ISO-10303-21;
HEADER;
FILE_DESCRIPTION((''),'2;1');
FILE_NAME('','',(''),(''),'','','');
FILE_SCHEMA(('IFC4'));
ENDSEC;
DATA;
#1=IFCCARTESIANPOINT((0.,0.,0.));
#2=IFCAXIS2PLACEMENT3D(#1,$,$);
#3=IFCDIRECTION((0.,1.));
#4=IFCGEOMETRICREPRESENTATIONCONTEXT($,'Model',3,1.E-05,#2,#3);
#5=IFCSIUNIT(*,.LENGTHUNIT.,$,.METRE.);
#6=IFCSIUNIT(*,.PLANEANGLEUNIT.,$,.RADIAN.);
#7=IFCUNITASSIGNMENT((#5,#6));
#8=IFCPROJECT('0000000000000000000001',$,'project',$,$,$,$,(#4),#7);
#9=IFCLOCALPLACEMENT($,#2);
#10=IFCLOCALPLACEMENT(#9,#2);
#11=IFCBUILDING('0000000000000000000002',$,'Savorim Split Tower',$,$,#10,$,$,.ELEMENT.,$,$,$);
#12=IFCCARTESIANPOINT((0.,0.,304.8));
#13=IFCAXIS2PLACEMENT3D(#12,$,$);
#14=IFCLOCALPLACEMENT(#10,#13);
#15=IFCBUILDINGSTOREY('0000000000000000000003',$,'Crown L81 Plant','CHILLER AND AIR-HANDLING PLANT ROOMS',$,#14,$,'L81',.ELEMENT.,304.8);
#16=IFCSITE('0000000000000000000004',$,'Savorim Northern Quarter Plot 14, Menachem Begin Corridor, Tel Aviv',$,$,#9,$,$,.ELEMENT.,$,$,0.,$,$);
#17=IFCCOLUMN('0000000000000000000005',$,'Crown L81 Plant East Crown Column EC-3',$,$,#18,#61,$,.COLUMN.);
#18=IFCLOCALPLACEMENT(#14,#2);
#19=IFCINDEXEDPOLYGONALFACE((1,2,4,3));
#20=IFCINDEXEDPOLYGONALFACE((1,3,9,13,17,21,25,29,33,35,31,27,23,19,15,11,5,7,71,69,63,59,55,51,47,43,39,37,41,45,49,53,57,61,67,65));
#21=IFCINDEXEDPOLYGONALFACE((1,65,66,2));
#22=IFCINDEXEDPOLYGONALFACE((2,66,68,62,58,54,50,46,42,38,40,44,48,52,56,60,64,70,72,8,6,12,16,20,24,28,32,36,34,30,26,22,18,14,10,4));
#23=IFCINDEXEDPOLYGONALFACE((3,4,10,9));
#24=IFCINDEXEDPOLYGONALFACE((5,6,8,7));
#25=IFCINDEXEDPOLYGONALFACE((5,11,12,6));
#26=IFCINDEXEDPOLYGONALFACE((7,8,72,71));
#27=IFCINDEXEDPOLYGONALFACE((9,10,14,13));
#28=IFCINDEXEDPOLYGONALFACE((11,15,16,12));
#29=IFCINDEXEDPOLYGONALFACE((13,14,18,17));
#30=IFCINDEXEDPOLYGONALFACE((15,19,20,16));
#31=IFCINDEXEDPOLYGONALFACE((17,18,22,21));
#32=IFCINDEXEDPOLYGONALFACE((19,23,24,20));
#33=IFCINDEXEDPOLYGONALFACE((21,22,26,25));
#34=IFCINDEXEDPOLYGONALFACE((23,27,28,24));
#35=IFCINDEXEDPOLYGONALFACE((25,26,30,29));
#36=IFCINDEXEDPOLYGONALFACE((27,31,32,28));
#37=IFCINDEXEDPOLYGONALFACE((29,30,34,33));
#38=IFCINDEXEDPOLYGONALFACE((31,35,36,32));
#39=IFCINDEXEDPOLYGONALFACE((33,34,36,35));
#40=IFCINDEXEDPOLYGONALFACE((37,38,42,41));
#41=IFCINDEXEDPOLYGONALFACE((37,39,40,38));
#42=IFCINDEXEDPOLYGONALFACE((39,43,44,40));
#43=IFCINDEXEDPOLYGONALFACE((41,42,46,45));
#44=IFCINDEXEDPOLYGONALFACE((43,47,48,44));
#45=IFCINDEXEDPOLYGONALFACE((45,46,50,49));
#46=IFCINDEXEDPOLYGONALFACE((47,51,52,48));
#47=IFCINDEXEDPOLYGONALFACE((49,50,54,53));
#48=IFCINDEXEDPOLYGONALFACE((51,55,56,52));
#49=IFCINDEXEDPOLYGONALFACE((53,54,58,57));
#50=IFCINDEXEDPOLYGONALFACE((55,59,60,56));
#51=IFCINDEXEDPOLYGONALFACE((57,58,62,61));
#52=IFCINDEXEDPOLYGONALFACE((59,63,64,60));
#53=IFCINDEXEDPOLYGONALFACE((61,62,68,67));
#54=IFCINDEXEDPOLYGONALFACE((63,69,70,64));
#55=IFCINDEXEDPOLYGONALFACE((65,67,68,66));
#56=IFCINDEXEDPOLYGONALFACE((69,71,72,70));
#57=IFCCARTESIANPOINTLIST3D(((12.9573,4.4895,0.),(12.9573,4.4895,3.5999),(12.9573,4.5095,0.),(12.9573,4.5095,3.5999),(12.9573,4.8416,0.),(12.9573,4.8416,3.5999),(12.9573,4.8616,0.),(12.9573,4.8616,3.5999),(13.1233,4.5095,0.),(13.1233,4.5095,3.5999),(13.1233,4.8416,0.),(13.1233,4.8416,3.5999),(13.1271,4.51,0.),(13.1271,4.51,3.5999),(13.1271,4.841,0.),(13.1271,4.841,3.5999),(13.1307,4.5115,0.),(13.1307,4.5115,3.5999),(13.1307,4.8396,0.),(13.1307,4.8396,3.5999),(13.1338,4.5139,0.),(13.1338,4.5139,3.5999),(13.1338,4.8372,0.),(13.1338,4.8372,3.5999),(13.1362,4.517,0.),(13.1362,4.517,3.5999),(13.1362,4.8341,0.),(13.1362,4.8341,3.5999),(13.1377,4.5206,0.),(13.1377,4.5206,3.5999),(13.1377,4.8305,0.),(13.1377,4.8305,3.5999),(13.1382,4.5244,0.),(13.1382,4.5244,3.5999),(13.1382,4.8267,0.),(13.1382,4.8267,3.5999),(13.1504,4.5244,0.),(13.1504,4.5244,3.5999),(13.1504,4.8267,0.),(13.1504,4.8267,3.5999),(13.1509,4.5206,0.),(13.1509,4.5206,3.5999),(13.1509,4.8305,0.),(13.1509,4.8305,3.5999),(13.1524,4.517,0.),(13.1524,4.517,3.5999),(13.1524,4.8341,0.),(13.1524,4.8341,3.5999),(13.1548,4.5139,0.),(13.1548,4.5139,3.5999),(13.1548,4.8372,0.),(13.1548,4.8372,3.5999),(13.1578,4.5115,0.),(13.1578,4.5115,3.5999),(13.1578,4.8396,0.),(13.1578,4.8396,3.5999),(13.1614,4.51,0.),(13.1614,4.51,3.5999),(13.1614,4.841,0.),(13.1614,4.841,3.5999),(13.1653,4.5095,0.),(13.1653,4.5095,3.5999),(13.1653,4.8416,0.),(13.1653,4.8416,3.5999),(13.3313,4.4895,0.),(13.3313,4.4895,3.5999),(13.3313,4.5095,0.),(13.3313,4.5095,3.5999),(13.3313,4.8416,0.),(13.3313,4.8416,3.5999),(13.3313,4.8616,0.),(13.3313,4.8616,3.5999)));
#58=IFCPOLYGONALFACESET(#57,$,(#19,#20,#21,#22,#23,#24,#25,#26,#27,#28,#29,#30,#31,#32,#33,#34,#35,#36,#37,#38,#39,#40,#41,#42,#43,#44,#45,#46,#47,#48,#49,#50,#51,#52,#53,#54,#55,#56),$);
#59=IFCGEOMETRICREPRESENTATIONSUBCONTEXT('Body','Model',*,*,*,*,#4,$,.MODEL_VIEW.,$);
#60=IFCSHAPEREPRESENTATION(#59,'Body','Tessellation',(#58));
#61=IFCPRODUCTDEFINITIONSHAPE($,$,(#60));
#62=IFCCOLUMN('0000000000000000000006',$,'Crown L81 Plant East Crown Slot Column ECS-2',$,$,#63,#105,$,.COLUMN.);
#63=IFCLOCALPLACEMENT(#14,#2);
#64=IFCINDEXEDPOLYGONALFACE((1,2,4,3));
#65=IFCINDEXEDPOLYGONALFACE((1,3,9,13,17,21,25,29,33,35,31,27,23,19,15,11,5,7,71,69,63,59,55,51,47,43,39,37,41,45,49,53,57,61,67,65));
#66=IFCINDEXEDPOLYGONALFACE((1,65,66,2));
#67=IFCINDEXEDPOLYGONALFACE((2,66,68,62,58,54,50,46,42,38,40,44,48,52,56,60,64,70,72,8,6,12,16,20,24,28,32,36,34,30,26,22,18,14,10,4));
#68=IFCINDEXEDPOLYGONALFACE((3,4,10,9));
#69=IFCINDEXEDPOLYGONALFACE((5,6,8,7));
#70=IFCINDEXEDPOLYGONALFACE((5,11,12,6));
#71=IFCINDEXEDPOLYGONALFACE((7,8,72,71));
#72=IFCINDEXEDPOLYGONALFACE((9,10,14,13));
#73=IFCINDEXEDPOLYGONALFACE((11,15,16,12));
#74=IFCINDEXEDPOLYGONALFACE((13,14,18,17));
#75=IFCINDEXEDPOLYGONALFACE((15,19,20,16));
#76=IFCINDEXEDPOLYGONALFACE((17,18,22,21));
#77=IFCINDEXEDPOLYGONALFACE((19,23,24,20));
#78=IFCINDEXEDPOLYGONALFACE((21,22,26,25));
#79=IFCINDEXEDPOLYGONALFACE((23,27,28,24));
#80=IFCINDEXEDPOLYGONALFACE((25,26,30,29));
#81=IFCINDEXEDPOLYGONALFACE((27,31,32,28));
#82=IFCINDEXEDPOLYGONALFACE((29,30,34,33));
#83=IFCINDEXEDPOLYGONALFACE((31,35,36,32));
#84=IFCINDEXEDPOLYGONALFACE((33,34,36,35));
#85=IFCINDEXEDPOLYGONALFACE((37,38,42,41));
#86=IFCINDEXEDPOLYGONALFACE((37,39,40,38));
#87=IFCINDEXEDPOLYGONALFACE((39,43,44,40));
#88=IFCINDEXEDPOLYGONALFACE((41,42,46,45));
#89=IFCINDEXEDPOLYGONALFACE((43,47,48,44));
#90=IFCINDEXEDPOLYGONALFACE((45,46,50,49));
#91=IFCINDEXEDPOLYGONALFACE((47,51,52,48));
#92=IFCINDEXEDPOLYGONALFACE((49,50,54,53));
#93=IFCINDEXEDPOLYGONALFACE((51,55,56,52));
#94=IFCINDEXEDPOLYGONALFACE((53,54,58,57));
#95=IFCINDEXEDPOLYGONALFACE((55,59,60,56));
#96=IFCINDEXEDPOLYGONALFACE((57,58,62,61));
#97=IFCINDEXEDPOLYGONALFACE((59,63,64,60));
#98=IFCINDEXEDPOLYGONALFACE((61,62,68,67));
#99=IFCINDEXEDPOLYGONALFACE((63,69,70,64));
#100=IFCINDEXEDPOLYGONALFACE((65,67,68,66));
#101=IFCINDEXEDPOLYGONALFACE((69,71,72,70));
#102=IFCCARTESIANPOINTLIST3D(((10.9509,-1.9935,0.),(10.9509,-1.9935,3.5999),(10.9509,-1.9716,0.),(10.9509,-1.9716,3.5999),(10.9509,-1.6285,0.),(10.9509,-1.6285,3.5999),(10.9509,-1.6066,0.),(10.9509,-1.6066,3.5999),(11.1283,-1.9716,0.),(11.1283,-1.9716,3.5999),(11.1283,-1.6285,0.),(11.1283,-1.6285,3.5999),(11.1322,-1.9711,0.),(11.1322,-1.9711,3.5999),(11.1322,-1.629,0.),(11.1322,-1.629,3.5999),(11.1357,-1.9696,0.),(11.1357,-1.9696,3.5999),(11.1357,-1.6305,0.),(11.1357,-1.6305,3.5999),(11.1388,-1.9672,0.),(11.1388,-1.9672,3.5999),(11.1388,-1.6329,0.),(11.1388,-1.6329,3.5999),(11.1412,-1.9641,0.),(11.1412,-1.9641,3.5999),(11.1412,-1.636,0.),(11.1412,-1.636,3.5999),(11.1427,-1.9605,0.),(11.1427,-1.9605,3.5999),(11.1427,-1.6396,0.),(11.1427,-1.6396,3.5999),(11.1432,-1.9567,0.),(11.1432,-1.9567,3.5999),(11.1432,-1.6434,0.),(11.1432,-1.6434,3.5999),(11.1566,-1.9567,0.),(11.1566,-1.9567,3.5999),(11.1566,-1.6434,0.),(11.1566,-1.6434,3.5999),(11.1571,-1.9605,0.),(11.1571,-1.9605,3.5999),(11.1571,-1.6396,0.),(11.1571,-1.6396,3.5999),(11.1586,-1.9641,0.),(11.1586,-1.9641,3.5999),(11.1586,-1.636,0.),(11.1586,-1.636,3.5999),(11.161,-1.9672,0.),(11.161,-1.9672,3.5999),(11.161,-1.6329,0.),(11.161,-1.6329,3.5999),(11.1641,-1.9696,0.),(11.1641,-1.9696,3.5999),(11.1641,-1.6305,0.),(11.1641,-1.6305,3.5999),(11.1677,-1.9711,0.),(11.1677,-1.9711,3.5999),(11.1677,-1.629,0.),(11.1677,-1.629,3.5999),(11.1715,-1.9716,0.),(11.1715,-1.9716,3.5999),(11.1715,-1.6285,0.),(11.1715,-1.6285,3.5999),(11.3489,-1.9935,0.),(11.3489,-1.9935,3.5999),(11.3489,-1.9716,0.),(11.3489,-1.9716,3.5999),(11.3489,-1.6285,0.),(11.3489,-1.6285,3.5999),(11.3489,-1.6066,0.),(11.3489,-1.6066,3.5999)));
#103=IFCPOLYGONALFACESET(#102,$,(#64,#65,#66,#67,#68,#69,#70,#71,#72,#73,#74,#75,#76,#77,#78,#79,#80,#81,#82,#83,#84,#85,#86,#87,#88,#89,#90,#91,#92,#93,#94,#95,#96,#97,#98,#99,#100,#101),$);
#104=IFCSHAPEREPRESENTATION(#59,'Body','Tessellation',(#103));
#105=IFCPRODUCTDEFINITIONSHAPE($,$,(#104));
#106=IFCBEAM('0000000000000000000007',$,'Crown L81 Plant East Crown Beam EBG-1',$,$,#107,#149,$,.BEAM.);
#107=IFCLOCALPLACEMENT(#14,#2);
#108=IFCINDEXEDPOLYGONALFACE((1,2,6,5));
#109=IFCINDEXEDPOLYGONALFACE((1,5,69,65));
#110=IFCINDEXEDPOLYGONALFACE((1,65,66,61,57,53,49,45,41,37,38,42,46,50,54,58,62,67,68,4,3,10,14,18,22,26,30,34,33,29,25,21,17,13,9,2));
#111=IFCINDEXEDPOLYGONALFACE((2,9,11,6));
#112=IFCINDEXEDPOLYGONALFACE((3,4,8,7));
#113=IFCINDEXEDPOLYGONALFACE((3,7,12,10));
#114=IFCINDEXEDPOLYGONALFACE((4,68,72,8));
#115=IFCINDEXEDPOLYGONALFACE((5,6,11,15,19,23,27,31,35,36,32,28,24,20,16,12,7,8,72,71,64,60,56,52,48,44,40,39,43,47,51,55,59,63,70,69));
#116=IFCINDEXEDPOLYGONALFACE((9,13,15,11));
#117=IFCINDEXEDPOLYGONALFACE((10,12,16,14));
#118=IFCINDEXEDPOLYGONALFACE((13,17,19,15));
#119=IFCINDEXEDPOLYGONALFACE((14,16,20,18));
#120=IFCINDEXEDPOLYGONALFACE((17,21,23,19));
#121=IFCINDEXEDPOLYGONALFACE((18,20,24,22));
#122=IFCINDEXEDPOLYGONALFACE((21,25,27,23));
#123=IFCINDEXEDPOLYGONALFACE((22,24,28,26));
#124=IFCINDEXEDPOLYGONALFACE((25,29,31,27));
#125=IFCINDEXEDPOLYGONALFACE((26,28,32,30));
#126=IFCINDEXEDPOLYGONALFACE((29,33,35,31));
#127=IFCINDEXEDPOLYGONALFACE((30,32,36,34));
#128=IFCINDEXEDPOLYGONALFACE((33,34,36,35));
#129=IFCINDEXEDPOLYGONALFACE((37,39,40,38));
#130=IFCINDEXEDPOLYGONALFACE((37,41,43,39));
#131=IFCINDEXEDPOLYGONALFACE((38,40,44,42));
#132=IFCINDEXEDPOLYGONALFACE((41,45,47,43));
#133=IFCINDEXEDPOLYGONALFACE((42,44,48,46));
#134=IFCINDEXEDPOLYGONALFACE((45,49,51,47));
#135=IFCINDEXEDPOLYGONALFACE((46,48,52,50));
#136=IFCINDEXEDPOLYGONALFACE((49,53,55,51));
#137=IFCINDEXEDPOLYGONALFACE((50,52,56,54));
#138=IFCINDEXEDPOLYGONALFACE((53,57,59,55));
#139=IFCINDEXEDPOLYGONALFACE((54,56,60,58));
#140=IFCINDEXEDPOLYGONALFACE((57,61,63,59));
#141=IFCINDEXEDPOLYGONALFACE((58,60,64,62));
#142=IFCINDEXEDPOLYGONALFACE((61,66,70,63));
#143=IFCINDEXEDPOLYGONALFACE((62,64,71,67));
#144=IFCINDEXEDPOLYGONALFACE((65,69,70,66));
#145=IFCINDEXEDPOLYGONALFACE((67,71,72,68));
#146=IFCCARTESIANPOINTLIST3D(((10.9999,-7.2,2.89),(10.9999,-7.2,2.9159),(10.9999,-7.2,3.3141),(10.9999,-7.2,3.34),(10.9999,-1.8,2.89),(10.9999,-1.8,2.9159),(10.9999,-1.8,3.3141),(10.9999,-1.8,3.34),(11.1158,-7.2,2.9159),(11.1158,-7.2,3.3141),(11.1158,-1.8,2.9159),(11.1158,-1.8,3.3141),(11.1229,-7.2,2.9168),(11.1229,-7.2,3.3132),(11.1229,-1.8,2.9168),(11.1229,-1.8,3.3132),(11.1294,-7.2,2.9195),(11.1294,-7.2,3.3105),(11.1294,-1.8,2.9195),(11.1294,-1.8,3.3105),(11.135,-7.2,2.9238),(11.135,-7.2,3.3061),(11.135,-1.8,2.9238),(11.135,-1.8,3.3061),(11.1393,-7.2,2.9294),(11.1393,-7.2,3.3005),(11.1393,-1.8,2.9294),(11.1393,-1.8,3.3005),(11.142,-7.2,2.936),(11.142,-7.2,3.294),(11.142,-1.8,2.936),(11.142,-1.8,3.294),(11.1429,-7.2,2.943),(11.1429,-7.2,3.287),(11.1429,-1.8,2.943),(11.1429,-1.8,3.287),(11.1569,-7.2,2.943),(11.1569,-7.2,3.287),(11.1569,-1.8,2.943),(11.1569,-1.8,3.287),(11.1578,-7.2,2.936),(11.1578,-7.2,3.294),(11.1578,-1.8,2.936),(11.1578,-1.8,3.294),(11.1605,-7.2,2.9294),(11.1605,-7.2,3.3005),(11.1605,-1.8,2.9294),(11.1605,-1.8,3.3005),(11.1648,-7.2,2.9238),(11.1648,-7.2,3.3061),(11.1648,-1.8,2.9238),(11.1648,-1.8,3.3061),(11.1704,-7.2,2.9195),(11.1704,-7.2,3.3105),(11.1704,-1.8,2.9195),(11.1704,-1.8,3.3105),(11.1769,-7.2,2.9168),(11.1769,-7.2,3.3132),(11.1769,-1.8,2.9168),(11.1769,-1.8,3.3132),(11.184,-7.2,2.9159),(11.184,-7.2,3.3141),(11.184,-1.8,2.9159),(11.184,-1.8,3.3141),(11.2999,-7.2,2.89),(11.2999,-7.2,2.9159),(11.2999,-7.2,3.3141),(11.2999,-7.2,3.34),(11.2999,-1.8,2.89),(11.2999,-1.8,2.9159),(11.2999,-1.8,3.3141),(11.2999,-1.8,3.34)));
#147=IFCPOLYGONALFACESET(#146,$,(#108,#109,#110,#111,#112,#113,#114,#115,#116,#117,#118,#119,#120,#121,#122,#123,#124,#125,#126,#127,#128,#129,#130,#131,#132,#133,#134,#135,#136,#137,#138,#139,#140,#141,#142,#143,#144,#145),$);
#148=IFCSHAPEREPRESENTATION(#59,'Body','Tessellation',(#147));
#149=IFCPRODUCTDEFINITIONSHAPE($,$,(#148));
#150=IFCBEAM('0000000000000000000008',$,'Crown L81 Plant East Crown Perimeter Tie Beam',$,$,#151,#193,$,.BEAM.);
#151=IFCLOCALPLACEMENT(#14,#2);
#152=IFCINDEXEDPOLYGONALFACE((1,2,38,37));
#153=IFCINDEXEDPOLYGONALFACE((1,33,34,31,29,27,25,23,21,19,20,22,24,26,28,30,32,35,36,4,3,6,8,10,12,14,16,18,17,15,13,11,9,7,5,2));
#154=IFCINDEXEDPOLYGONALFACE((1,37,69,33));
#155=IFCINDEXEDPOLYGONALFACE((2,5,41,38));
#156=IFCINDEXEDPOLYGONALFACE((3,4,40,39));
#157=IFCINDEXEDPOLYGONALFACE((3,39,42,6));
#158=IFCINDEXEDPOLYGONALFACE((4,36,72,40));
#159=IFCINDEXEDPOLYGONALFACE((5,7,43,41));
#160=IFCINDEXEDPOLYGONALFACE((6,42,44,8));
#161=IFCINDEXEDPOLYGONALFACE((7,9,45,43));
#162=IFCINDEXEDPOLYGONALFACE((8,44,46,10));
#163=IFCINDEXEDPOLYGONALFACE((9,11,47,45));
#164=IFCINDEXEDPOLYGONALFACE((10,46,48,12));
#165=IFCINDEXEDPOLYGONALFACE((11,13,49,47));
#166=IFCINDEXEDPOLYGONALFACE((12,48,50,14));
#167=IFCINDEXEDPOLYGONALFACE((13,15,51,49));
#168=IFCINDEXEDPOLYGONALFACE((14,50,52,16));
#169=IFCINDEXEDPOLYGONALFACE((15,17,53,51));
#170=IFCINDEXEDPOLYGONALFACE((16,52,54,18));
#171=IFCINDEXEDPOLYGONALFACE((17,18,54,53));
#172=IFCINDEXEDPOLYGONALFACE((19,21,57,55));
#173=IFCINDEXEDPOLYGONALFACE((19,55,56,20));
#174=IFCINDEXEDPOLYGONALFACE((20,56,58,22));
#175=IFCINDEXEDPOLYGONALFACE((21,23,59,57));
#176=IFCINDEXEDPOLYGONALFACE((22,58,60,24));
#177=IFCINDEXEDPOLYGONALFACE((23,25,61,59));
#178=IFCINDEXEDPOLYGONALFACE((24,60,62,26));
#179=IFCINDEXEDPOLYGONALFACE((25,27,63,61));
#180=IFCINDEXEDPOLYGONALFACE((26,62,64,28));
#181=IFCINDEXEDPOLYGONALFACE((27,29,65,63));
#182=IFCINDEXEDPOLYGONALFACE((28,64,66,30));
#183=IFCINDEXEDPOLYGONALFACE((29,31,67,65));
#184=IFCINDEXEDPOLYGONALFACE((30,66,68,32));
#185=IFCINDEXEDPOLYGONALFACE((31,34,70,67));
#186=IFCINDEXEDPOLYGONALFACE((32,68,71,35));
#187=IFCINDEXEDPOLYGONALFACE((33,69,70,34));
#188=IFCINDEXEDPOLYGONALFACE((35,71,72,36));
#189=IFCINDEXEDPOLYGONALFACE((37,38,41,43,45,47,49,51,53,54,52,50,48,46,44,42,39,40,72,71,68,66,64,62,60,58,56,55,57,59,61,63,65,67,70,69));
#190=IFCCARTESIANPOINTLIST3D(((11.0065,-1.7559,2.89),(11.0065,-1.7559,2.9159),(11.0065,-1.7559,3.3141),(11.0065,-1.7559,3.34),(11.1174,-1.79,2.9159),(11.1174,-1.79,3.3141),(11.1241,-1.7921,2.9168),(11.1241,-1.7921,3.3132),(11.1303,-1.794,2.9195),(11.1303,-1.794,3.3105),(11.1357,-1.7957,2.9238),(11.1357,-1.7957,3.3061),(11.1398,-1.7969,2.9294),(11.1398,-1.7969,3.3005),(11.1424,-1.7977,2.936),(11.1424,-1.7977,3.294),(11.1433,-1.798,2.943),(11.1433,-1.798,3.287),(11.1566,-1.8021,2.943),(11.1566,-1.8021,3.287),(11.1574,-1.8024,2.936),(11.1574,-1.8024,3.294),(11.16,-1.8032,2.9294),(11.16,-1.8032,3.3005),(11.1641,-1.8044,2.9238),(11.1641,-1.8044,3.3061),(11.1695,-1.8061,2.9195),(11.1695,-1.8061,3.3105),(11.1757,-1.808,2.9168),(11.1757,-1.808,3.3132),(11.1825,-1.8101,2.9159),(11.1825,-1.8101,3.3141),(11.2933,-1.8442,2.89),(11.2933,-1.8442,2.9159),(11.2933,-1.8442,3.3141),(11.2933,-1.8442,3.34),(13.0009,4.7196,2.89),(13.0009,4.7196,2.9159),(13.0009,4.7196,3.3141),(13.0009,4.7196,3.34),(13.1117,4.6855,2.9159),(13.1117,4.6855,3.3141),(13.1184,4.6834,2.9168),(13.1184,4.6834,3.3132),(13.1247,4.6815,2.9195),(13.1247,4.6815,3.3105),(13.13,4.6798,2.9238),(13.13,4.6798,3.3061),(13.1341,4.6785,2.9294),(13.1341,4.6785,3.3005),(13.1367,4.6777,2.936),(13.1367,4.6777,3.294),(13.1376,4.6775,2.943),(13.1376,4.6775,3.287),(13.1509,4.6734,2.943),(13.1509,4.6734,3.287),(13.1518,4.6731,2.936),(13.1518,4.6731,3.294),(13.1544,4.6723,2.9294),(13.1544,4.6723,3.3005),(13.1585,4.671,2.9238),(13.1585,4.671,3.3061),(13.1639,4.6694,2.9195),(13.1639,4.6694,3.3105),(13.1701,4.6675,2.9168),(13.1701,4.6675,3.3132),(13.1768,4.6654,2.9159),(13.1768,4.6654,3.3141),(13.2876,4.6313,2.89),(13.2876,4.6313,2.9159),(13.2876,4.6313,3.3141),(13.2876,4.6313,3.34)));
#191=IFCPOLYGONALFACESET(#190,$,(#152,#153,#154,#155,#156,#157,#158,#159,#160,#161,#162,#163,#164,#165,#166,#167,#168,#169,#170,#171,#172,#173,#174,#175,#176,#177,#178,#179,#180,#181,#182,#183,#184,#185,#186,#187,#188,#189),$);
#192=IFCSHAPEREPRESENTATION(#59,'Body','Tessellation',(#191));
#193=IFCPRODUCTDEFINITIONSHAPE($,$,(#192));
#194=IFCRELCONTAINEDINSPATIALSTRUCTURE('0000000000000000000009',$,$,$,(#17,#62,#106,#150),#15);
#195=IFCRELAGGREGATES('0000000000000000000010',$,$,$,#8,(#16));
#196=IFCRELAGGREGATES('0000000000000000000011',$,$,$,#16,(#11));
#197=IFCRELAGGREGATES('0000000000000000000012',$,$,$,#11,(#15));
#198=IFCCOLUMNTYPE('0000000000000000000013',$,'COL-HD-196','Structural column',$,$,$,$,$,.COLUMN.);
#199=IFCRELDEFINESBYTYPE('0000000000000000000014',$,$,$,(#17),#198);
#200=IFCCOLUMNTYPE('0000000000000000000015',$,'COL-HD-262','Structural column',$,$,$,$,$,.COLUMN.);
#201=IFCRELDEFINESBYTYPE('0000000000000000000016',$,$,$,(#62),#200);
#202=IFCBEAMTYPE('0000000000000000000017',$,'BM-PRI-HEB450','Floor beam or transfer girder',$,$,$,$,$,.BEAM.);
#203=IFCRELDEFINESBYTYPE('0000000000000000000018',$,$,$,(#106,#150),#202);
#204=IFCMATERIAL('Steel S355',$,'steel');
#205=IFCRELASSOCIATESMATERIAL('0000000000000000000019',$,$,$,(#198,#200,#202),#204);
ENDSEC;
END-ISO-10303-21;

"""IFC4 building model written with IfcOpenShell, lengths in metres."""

from ifc_helpers import new_model, si_unit, direction, frame, origin, origin_2d, place, context, subcontext, project, spatial, i_section, extrude, material, material_profile, profile_set, type_object, element, save


model = new_model("IFC4")

# Units and contexts
model_context = context("Model", 3, precision=1e-05, world=origin(), true_north=direction((0.0, 1.0)))
body_context = subcontext(model_context, "Body", "Model", "MODEL_VIEW")
ifc_project = project(units=[si_unit("LENGTHUNIT", "METRE"), si_unit("PLANEANGLEUNIT", "RADIAN")], contexts=[model_context])

# Site, building, storey
site_placement = place(None, origin())
site = spatial("IfcSite", under=ifc_project, at=site_placement, Name="Savorim Northern Quarter Plot 14, Menachem Begin Corridor, Tel Aviv", CompositionType="ELEMENT", RefElevation=0.0)
building_placement = place(site_placement, origin())
building = spatial("IfcBuilding", under=site, at=building_placement, Name="Savorim Split Tower", CompositionType="ELEMENT")
storey_placement = place(building_placement, frame((0.0, 0.0, 304.8)))
storey = spatial("IfcBuildingStorey", under=building, at=storey_placement, Name="Crown L81 Plant", Description="CHILLER AND AIR-HANDLING PLANT ROOMS", LongName="L81", CompositionType="ELEMENT", Elevation=304.8)

# Columns
ifc_material_1 = material(Name="Steel S355", Category="steel")
ifc_material_profile_1 = material_profile(ifc_material_1, i_section(OverallWidth=0.374, OverallDepth=0.3721, WebThickness=0.0122, FlangeThickness=0.02, FilletRadius=0.0149, at=origin_2d()), Name="HD 360x196")
ifc_profile_set_1 = profile_set([ifc_material_profile_1], Name="Steel S355")
column_type_1 = type_object("IfcColumnType", Name="COL-HD-196", Description="Structural column", PredefinedType="COLUMN", material=ifc_profile_set_1)
column_1_placement = place(storey_placement, frame((13.1443, 4.6755, 0.0), z_axis=(0.0, 0.0, 1.0), x_axis=(1.0, 0.0, 0.0)))
element("IfcColumn", 1, at=column_1_placement, inside=storey, type_object=column_type_1, Name="Crown L81 Plant East Crown Column EC-3", PredefinedType="COLUMN", context=body_context, shape_type="SweptSolid", body=[
    extrude(i_section(OverallWidth=0.374, OverallDepth=0.3721, WebThickness=0.0122, FlangeThickness=0.02, FilletRadius=0.0149, at=origin_2d()), origin(), (0.0, 0.0, 1.0), 3.5999),
])
ifc_material_profile_2 = material_profile(ifc_material_1, i_section(OverallWidth=0.3979, OverallDepth=0.387, WebThickness=0.0134, FlangeThickness=0.022, FilletRadius=0.0149, at=origin_2d()), Name="HD 400x262")
ifc_profile_set_2 = profile_set([ifc_material_profile_2], Name="Steel S355")
column_type_2 = type_object("IfcColumnType", Name="COL-HD-262", Description="Structural column", PredefinedType="COLUMN", material=ifc_profile_set_2)
column_2_placement = place(storey_placement, frame((11.1499, -1.8, 0.0), z_axis=(0.0, 0.0, 1.0), x_axis=(1.0, 0.0, 0.0)))
element("IfcColumn", 2, at=column_2_placement, inside=storey, type_object=column_type_2, Name="Crown L81 Plant East Crown Slot Column ECS-2", PredefinedType="COLUMN", context=body_context, shape_type="SweptSolid", body=[
    extrude(i_section(OverallWidth=0.3979, OverallDepth=0.387, WebThickness=0.0134, FlangeThickness=0.022, FilletRadius=0.0149, at=origin_2d()), origin(), (0.0, 0.0, 1.0), 3.5999),
])

# Beams
ifc_material_profile_3 = material_profile(ifc_material_1, i_section(OverallWidth=0.3, OverallDepth=0.45, WebThickness=0.0139, FlangeThickness=0.0259, FilletRadius=0.0271, at=origin_2d()), Name="HEB 450")
ifc_profile_set_3 = profile_set([ifc_material_profile_3], Name="Steel S355")
beam_type = type_object("IfcBeamType", Name="BM-PRI-HEB450", Description="Floor beam or transfer girder", PredefinedType="BEAM", material=ifc_profile_set_3)
beam_1_placement = place(storey_placement, frame((11.1499, -1.8, 3.115), z_axis=(0.0, -1.0, 0.0), x_axis=(1.0, 0.0, 0.0)))
element("IfcBeam", 3, at=beam_1_placement, inside=storey, type_object=beam_type, Name="Crown L81 Plant East Crown Beam EBG-1", PredefinedType="BEAM", context=body_context, shape_type="SweptSolid", body=[
    extrude(i_section(OverallWidth=0.3, OverallDepth=0.45, WebThickness=0.0139, FlangeThickness=0.0259, FilletRadius=0.0271, at=origin_2d()), origin(), (0.0, 0.0, 1.0), 5.3999),
])
beam_2_placement = place(storey_placement, frame((11.1499, -1.8, 3.115), z_axis=(0.294342, 0.9557, 0.0), x_axis=(-0.9557, 0.294342, 0.0)))
element("IfcBeam", 4, at=beam_2_placement, inside=storey, type_object=beam_type, Name="Crown L81 Plant East Crown Perimeter Tie Beam", PredefinedType="BEAM", context=body_context, shape_type="SweptSolid", body=[
    extrude(i_section(OverallWidth=0.3, OverallDepth=0.45, WebThickness=0.0139, FlangeThickness=0.0259, FilletRadius=0.0271, at=origin_2d()), origin(), (0.0, 0.0, 1.0), 6.7756),
])

save(model, "model.ifc")
